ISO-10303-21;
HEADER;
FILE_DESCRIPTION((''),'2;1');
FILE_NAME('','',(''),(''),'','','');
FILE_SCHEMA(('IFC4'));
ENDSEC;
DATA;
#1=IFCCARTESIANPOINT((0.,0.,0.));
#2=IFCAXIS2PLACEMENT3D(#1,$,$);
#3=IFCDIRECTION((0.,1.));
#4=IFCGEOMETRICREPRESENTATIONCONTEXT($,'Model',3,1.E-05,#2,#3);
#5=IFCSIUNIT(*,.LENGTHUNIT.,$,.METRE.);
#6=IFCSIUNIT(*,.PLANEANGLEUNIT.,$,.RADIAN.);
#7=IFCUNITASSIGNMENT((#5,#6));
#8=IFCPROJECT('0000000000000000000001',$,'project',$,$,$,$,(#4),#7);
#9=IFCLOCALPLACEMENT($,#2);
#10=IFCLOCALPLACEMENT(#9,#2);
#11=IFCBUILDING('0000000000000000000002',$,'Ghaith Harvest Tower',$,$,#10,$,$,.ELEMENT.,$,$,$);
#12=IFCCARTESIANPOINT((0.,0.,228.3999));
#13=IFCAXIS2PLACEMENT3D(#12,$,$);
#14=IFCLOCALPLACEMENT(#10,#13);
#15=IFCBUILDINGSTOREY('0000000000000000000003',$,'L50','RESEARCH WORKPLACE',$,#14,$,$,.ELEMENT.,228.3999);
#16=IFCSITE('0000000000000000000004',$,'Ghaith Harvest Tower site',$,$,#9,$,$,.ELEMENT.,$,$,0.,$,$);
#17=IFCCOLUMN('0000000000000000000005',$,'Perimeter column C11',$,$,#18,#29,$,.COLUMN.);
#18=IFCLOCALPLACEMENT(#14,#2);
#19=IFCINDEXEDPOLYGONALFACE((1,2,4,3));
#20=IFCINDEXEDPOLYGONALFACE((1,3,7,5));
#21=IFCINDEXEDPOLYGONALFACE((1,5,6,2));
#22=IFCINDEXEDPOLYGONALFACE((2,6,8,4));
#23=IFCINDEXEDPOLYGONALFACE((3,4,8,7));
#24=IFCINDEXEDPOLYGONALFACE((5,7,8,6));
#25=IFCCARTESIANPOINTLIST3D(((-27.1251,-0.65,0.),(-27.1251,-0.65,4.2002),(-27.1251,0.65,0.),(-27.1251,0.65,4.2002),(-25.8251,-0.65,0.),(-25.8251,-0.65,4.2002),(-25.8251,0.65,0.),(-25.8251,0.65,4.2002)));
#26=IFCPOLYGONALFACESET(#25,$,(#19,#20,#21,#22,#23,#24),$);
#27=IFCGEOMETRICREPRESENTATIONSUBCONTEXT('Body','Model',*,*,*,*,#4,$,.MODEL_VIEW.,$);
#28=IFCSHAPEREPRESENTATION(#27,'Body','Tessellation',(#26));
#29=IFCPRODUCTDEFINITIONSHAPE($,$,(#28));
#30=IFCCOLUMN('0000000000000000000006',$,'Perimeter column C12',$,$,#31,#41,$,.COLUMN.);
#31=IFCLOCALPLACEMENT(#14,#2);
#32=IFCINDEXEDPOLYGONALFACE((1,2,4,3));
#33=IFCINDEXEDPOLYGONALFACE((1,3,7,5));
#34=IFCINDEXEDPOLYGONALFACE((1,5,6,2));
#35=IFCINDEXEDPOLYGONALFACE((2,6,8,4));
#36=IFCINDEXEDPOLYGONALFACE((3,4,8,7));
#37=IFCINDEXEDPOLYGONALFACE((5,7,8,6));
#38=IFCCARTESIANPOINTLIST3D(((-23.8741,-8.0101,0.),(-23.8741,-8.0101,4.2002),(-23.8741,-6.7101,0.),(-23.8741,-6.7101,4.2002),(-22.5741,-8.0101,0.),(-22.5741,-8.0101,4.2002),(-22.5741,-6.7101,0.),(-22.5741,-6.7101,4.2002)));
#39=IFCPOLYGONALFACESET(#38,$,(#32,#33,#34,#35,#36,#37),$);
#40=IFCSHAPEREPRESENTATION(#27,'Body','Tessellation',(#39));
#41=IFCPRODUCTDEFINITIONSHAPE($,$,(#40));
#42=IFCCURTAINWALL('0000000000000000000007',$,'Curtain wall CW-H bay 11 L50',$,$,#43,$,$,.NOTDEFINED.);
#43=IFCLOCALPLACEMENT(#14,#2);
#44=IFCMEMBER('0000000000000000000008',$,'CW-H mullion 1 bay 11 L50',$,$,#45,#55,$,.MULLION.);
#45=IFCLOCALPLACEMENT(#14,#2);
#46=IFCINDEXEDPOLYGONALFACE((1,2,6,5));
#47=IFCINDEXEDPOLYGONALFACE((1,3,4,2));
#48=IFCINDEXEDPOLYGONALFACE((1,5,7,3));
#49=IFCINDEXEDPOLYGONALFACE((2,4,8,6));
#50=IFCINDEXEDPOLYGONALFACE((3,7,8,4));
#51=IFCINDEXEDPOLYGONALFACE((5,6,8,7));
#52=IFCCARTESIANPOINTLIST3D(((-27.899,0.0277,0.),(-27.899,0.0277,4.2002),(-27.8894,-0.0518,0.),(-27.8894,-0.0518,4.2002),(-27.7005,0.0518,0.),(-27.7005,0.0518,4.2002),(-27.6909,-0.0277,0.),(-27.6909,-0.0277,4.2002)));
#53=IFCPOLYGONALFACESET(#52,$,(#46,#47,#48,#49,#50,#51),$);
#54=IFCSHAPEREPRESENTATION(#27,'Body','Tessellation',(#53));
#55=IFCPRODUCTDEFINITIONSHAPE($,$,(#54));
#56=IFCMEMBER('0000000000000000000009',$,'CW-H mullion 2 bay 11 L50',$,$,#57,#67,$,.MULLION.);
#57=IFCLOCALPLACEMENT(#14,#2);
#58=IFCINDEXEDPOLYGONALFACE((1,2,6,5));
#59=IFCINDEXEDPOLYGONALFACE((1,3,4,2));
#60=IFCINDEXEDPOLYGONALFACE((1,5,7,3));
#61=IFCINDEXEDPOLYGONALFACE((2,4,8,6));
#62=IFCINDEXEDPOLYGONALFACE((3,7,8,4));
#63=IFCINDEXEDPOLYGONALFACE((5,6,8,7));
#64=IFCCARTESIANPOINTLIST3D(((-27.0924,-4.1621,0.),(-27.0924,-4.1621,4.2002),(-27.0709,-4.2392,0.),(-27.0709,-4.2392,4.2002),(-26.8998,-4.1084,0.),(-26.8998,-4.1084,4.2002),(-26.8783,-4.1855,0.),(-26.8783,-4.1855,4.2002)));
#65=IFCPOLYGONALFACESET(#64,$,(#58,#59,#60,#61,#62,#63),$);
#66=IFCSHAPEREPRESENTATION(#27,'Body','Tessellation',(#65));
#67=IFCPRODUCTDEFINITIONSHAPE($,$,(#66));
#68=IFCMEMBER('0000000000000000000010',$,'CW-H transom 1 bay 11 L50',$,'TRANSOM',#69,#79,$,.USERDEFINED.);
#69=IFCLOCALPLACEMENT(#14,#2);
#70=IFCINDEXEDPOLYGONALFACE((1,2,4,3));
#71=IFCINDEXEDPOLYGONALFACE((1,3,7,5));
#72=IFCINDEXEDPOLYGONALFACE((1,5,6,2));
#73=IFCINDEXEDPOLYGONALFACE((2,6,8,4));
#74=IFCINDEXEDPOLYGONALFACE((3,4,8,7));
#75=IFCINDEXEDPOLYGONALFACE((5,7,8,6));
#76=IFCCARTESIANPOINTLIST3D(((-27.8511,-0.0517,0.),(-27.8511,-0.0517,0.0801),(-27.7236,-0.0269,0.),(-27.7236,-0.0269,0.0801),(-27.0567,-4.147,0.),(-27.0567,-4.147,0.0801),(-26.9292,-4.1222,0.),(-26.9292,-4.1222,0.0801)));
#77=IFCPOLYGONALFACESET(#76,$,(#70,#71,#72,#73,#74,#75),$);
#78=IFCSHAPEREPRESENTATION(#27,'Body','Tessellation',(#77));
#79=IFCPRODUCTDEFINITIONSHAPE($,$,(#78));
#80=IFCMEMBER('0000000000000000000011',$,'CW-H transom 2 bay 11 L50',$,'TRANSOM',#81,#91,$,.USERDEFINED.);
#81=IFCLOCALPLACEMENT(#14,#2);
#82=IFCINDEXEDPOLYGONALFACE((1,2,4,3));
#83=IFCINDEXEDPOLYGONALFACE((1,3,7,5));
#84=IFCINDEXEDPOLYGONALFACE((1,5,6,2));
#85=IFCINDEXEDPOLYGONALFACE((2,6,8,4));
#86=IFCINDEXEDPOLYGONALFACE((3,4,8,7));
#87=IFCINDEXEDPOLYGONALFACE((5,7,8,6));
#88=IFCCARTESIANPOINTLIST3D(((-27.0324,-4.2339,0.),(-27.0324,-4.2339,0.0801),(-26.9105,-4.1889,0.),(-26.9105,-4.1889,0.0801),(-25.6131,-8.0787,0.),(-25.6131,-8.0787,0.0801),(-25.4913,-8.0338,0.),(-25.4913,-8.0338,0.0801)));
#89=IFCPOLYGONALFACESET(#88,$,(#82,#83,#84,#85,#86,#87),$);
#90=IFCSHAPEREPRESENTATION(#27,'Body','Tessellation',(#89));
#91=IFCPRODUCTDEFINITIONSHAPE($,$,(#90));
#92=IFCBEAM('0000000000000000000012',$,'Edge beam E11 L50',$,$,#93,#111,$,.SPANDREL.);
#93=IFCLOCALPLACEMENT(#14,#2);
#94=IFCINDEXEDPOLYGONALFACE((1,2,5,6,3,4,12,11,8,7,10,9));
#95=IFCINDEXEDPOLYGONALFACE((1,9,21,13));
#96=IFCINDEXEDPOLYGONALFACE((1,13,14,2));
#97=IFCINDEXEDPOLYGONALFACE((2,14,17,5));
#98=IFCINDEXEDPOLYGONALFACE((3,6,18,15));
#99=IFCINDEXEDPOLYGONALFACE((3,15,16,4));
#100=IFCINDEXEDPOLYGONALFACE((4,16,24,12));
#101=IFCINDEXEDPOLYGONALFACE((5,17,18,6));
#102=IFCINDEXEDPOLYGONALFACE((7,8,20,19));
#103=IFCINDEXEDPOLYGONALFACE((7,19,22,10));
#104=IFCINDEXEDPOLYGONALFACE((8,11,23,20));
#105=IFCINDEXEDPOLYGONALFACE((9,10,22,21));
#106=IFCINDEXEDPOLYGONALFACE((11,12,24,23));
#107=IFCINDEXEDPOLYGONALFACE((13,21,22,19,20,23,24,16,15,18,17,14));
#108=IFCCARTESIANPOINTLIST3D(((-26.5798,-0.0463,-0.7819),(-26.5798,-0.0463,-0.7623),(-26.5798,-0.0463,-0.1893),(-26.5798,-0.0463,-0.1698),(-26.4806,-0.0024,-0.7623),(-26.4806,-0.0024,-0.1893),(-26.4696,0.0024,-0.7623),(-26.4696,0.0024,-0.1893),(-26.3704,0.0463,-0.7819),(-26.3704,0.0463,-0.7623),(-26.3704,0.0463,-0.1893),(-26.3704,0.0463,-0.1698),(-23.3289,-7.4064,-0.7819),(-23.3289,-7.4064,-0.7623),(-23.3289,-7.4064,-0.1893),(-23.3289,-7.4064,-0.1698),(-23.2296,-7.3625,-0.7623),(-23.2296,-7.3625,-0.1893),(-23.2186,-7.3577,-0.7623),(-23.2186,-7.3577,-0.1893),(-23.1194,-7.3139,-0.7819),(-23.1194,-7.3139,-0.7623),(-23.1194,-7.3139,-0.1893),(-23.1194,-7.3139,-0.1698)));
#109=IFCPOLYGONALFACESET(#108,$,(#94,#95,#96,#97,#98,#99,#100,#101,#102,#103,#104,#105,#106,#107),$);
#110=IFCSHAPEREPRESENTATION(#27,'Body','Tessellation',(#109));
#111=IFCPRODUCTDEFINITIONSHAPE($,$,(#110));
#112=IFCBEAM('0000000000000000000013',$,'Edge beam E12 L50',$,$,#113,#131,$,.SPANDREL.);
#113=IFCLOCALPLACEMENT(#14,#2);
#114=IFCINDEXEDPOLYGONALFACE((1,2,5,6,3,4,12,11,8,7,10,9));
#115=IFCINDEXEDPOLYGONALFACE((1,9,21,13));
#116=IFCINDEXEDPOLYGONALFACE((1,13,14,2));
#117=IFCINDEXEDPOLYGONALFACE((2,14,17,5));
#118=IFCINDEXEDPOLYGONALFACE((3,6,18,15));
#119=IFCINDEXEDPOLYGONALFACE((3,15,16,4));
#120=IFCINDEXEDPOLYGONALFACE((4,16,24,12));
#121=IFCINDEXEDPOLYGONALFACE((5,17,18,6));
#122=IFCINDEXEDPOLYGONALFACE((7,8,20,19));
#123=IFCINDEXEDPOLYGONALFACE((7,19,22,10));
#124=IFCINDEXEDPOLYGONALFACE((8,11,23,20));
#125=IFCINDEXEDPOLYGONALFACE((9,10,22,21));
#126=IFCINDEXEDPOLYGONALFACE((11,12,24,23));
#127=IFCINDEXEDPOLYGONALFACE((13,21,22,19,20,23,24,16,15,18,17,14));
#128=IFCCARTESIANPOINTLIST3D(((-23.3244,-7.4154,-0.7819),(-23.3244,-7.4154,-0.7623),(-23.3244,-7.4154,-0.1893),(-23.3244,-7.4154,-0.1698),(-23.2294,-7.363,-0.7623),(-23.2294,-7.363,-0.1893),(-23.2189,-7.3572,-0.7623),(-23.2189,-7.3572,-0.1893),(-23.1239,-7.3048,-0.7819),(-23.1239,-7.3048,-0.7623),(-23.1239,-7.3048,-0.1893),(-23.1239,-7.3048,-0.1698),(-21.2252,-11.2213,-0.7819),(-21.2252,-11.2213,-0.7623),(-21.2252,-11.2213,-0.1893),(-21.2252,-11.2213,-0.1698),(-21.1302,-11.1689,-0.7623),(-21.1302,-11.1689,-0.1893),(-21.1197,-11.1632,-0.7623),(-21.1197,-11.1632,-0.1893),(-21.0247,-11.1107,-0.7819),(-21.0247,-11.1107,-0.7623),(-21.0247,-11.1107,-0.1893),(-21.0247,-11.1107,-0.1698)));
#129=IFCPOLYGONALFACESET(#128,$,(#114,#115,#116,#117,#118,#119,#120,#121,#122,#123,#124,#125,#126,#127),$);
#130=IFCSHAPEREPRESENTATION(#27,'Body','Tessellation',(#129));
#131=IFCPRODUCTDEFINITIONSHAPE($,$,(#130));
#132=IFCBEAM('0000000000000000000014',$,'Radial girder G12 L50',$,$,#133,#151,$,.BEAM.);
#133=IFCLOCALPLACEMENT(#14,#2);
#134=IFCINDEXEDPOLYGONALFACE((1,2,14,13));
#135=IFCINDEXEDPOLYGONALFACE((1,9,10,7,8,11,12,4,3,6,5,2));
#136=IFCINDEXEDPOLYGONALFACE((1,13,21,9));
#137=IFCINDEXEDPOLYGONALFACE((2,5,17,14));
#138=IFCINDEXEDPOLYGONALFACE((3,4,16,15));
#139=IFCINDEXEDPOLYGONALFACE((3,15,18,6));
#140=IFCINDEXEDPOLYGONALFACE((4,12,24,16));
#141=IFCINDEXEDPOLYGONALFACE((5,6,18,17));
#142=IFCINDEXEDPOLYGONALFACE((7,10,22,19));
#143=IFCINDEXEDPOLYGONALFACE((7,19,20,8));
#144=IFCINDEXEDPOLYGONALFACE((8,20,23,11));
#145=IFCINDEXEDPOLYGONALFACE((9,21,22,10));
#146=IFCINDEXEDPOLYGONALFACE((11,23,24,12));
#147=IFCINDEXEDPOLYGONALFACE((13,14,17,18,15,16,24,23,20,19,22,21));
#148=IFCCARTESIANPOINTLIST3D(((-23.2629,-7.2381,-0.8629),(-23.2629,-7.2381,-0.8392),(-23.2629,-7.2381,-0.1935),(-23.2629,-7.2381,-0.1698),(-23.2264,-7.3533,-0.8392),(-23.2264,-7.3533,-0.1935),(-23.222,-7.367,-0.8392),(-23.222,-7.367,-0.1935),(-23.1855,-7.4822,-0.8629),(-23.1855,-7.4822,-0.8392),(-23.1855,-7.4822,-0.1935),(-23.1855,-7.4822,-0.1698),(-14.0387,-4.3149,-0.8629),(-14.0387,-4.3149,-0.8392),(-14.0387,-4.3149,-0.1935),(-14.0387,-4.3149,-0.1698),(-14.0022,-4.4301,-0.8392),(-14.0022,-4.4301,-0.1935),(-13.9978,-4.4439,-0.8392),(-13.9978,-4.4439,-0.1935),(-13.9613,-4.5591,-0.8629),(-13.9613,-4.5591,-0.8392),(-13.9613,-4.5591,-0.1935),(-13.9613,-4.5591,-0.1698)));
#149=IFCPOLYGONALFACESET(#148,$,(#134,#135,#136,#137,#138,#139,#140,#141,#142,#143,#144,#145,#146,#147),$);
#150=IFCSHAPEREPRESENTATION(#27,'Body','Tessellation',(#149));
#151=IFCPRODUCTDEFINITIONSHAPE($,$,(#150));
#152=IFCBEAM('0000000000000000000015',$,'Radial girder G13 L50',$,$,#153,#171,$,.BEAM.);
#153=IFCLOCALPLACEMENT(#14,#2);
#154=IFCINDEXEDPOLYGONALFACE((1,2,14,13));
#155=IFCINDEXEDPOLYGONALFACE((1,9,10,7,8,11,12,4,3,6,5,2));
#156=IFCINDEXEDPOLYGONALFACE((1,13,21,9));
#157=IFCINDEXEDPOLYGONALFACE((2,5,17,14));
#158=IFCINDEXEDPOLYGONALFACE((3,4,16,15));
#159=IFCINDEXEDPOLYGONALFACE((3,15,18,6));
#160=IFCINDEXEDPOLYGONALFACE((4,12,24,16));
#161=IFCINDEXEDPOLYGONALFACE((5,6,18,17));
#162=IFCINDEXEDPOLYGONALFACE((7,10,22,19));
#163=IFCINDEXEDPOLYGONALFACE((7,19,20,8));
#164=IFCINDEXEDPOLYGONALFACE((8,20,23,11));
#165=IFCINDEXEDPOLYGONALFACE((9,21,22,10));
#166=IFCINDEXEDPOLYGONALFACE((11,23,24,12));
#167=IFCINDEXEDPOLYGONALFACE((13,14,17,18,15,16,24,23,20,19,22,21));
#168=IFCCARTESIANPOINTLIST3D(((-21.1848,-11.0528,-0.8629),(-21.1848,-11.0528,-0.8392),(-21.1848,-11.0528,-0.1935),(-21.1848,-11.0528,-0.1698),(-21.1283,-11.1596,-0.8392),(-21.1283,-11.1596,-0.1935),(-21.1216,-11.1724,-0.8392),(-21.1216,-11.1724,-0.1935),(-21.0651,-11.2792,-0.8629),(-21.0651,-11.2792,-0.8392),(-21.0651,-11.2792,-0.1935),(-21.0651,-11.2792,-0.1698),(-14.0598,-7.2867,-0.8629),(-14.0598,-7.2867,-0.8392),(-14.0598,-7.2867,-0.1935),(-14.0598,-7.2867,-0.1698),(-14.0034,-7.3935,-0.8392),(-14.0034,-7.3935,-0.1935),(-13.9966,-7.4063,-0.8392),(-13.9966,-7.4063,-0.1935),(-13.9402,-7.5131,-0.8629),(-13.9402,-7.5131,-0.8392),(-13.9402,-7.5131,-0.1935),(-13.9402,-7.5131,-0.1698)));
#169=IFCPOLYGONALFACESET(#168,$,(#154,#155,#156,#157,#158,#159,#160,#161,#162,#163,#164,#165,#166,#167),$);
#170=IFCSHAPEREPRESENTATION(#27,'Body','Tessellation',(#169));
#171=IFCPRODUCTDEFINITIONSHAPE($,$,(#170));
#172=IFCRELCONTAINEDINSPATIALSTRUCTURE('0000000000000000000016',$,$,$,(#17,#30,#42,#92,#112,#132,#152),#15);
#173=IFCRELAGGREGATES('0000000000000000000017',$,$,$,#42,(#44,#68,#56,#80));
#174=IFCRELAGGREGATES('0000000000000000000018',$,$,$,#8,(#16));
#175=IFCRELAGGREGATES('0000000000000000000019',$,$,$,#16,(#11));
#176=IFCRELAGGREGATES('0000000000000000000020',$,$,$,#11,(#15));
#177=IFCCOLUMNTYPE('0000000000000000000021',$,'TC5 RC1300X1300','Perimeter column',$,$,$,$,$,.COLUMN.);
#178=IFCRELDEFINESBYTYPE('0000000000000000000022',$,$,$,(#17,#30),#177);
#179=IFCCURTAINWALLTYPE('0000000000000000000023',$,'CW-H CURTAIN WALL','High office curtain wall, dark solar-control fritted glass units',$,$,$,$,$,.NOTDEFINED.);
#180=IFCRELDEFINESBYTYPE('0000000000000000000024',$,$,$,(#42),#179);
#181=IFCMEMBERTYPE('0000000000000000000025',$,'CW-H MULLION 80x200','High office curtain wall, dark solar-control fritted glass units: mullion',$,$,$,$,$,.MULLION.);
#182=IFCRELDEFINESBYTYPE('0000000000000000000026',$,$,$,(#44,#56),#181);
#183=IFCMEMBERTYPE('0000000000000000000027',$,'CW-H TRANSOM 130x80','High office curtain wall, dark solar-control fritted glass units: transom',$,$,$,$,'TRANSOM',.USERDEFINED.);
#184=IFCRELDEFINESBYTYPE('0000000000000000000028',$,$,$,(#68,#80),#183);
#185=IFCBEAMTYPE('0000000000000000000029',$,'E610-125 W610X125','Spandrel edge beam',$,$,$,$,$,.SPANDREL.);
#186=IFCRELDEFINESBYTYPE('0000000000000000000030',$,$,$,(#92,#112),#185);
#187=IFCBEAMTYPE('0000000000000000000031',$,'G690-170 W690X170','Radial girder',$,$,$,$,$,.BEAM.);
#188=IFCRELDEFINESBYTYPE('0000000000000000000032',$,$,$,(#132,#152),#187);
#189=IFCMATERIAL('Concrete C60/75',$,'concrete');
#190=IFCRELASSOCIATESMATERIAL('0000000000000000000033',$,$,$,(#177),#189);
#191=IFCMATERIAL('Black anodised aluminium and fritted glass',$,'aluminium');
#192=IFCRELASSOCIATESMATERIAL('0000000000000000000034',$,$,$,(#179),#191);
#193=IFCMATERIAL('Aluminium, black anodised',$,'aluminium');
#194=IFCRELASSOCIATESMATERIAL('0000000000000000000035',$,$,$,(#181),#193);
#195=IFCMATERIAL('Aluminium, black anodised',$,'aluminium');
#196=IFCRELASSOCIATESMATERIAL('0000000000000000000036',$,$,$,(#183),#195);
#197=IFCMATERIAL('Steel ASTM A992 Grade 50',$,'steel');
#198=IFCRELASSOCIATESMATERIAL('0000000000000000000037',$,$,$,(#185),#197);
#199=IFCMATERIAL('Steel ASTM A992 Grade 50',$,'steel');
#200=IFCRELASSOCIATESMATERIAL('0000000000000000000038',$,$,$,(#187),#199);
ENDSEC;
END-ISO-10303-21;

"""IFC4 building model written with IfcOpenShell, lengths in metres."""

from ifc_helpers import new_model, si_unit, direction, frame, origin, origin_2d, place, context, subcontext, project, spatial, rectangle, i_section, extrude, material, material_profile, profile_set, type_object, element, aggregate, save


model = new_model("IFC4")

# Units and contexts
model_context = context("Model", 3, precision=1e-05, world=origin(), true_north=direction((0.0, 1.0)))
body_context = subcontext(model_context, "Body", "Model", "MODEL_VIEW")
ifc_project = project(units=[si_unit("LENGTHUNIT", "METRE"), si_unit("PLANEANGLEUNIT", "RADIAN")], contexts=[model_context])

# Site, building, storey
site_placement = place(None, origin())
site = spatial("IfcSite", under=ifc_project, at=site_placement, Name="Ghaith Harvest Tower site", CompositionType="ELEMENT", RefElevation=0.0)
building_placement = place(site_placement, origin())
building = spatial("IfcBuilding", under=site, at=building_placement, Name="Ghaith Harvest Tower", CompositionType="ELEMENT")
storey_placement = place(building_placement, frame((0.0, 0.0, 228.3999)))
storey = spatial("IfcBuildingStorey", under=building, at=storey_placement, Name="L50", Description="RESEARCH WORKPLACE", CompositionType="ELEMENT", Elevation=228.3999)

# Columns
ifc_material_1 = material(Name="Concrete C60/75", Category="concrete")
ifc_material_profile_1 = material_profile(ifc_material_1, rectangle(XDim=1.3, YDim=1.3, at=origin_2d()), Name="RC1300X1300")
ifc_profile_set_1 = profile_set([ifc_material_profile_1], Name="Concrete C60/75")
column_type = type_object("IfcColumnType", Name="TC5 RC1300X1300", Description="Perimeter column", PredefinedType="COLUMN", material=ifc_profile_set_1)
for number, where, z_axis, x_axis, name in (
    (1, (-26.4751, 0.0, 0.0), (0.0, 0.0, 1.0), (1.0, 0.0, 0.0), "Perimeter column C11"),
    (2, (-23.2241, -7.3601, 0.0), (0.0, 0.0, 1.0), (1.0, 0.0, 0.0), "Perimeter column C12"),
):
    element("IfcColumn", number, at=place(storey_placement, frame(where, z_axis=z_axis, x_axis=x_axis)), inside=storey, type_object=column_type, Name=name, PredefinedType="COLUMN", context=body_context, shape_type="SweptSolid", body=[
        extrude(rectangle(XDim=1.3, YDim=1.3, at=origin_2d()), origin(), (0.0, 0.0, 1.0), 4.2002),
    ])

# Curtain wall, members
ifc_material_2 = material(Name="Black anodised aluminium and fritted glass", Category="aluminium")
curtain_wall_type = type_object("IfcCurtainWallType", Name="CW-H CURTAIN WALL", Description="High office curtain wall, dark solar-control fritted glass units", PredefinedType="NOTDEFINED", material=ifc_material_2)
curtain_wall_placement = place(storey_placement, origin())
curtain_wall = element("IfcCurtainWall", 3, at=curtain_wall_placement, inside=storey, type_object=curtain_wall_type, Name="Curtain wall CW-H bay 11 L50", PredefinedType="NOTDEFINED")
ifc_material_3 = material(Name="Aluminium, black anodised", Category="aluminium")
ifc_material_profile_2 = material_profile(ifc_material_3, rectangle(XDim=0.0801, YDim=0.2, at=origin_2d()), Name="CW-H MULLION 80x200")
ifc_profile_set_2 = profile_set([ifc_material_profile_2], Name="Aluminium, black anodised")
member_type_1 = type_object("IfcMemberType", Name="CW-H MULLION 80x200", Description="High office curtain wall, dark solar-control fritted glass units: mullion", PredefinedType="MULLION", material=ifc_profile_set_2)
member_1_placement = place(storey_placement, frame((-27.7949, 0.0, 0.0), z_axis=(0.0, 0.0, 1.0), x_axis=(0.12025, -0.992744, 0.0)))
member_1 = element("IfcMember", 4, at=member_1_placement, type_object=member_type_1, Name="CW-H mullion 1 bay 11 L50", PredefinedType="MULLION", context=body_context, shape_type="SweptSolid", body=[
    extrude(rectangle(XDim=0.0801, YDim=0.2, at=origin_2d()), origin(), (0.0, 0.0, 1.0), 4.2002),
])
member_2_placement = place(storey_placement, frame((-26.9854, -4.1738, 0.0), z_axis=(0.0, 0.0, 1.0), x_axis=(0.268569, -0.96326, 0.0)))
member_2 = element("IfcMember", 5, at=member_2_placement, type_object=member_type_1, Name="CW-H mullion 2 bay 11 L50", PredefinedType="MULLION", context=body_context, shape_type="SweptSolid", body=[
    extrude(rectangle(XDim=0.0801, YDim=0.2, at=origin_2d()), origin(), (0.0, 0.0, 1.0), 4.2002),
])
ifc_material_4 = material(Name="Aluminium, black anodised", Category="aluminium")
ifc_material_profile_3 = material_profile(ifc_material_4, rectangle(XDim=0.1299, YDim=0.0801, at=origin_2d()), Name="CW-H TRANSOM 130x80")
ifc_profile_set_3 = profile_set([ifc_material_profile_3], Name="Aluminium, black anodised")
member_type_2 = type_object("IfcMemberType", Name="CW-H TRANSOM 130x80", Description="High office curtain wall, dark solar-control fritted glass units: transom", ElementType="TRANSOM", PredefinedType="USERDEFINED", material=ifc_profile_set_3)
member_3_placement = place(storey_placement, frame((-27.7874, -0.0393, 0.04), z_axis=(0.19044, -0.981699, 0.0), x_axis=(0.981699, 0.19044, 0.0)))
member_3 = element("IfcMember", 6, at=member_3_placement, type_object=member_type_2, Name="CW-H transom 1 bay 11 L50", ObjectType="TRANSOM", PredefinedType="USERDEFINED", context=body_context, shape_type="SweptSolid", body=[
    extrude(rectangle(XDim=0.1299, YDim=0.0801, at=origin_2d()), origin(), (0.0, 0.0, 1.0), 4.1716),
])
member_4_placement = place(storey_placement, frame((-26.9714, -4.2114, 0.04), z_axis=(0.346288, -0.938128, 0.0), x_axis=(0.938128, 0.346288, 0.0)))
member_4 = element("IfcMember", 7, at=member_4_placement, type_object=member_type_2, Name="CW-H transom 2 bay 11 L50", ObjectType="TRANSOM", PredefinedType="USERDEFINED", context=body_context, shape_type="SweptSolid", body=[
    extrude(rectangle(XDim=0.1299, YDim=0.0801, at=origin_2d()), origin(), (0.0, 0.0, 1.0), 4.0984),
])

# Beams
ifc_material_5 = material(Name="Steel ASTM A992 Grade 50", Category="steel")
ifc_material_profile_4 = material_profile(ifc_material_5, i_section(OverallWidth=0.229, OverallDepth=0.6121, WebThickness=0.012, FlangeThickness=0.0195, at=origin_2d()), Name="W610X125")
ifc_profile_set_4 = profile_set([ifc_material_profile_4], Name="Steel ASTM A992 Grade 50")
beam_type_1 = type_object("IfcBeamType", Name="E610-125 W610X125", Description="Spandrel edge beam", PredefinedType="SPANDREL", material=ifc_profile_set_4)
beam_1_placement = place(storey_placement, frame((-26.4751, 0.0, -0.4758), z_axis=(0.404043, -0.91474, 0.0), x_axis=(0.91474, 0.404043, 0.0)))
element("IfcBeam", 8, at=beam_1_placement, inside=storey, type_object=beam_type_1, Name="Edge beam E11 L50", PredefinedType="SPANDREL", context=body_context, shape_type="SweptSolid", body=[
    extrude(i_section(OverallWidth=0.229, OverallDepth=0.6121, WebThickness=0.012, FlangeThickness=0.0195, at=origin_2d()), origin(), (0.0, 0.0, 1.0), 8.0461),
])
beam_2_placement = place(storey_placement, frame((-23.2241, -7.3601, -0.4758), z_axis=(0.482956, -0.875645, 0.0), x_axis=(0.875645, 0.482956, 0.0)))
element("IfcBeam", 9, at=beam_2_placement, inside=storey, type_object=beam_type_1, Name="Edge beam E12 L50", PredefinedType="SPANDREL", context=body_context, shape_type="SweptSolid", body=[
    extrude(i_section(OverallWidth=0.229, OverallDepth=0.6121, WebThickness=0.012, FlangeThickness=0.0195, at=origin_2d()), origin(), (0.0, 0.0, 1.0), 4.3464),
])
ifc_material_6 = material(Name="Steel ASTM A992 Grade 50", Category="steel")
ifc_material_profile_5 = material_profile(ifc_material_6, i_section(OverallWidth=0.2561, OverallDepth=0.6931, WebThickness=0.0144, FlangeThickness=0.0237, at=origin_2d()), Name="W690X170")
ifc_profile_set_5 = profile_set([ifc_material_profile_5], Name="Steel ASTM A992 Grade 50")
beam_type_2 = type_object("IfcBeamType", Name="G690-170 W690X170", Description="Radial girder", PredefinedType="BEAM", material=ifc_profile_set_5)
beam_3_placement = place(storey_placement, frame((-14.0, -4.437, -0.5164), z_axis=(-0.953279, -0.302091, 0.0), x_axis=(0.302091, -0.953279, 0.0)))
element("IfcBeam", 10, at=beam_3_placement, inside=storey, type_object=beam_type_2, Name="Radial girder G12 L50", PredefinedType="BEAM", context=body_context, shape_type="SweptSolid", body=[
    extrude(i_section(OverallWidth=0.2561, OverallDepth=0.6931, WebThickness=0.0144, FlangeThickness=0.0237, at=origin_2d()), origin(), (0.0, 0.0, 1.0), 9.6763),
])
beam_4_placement = place(storey_placement, frame((-14.0, -7.3999, -0.5164), z_axis=(-0.884093, -0.467311, 0.0), x_axis=(0.467311, -0.884093, 0.0)))
element("IfcBeam", 11, at=beam_4_placement, inside=storey, type_object=beam_type_2, Name="Radial girder G13 L50", PredefinedType="BEAM", context=body_context, shape_type="SweptSolid", body=[
    extrude(i_section(OverallWidth=0.2561, OverallDepth=0.6931, WebThickness=0.0144, FlangeThickness=0.0237, at=origin_2d()), origin(), (0.0, 0.0, 1.0), 8.0591),
])

aggregate(curtain_wall, [member_1, member_3, member_2, member_4])

save(model, "model.ifc")
